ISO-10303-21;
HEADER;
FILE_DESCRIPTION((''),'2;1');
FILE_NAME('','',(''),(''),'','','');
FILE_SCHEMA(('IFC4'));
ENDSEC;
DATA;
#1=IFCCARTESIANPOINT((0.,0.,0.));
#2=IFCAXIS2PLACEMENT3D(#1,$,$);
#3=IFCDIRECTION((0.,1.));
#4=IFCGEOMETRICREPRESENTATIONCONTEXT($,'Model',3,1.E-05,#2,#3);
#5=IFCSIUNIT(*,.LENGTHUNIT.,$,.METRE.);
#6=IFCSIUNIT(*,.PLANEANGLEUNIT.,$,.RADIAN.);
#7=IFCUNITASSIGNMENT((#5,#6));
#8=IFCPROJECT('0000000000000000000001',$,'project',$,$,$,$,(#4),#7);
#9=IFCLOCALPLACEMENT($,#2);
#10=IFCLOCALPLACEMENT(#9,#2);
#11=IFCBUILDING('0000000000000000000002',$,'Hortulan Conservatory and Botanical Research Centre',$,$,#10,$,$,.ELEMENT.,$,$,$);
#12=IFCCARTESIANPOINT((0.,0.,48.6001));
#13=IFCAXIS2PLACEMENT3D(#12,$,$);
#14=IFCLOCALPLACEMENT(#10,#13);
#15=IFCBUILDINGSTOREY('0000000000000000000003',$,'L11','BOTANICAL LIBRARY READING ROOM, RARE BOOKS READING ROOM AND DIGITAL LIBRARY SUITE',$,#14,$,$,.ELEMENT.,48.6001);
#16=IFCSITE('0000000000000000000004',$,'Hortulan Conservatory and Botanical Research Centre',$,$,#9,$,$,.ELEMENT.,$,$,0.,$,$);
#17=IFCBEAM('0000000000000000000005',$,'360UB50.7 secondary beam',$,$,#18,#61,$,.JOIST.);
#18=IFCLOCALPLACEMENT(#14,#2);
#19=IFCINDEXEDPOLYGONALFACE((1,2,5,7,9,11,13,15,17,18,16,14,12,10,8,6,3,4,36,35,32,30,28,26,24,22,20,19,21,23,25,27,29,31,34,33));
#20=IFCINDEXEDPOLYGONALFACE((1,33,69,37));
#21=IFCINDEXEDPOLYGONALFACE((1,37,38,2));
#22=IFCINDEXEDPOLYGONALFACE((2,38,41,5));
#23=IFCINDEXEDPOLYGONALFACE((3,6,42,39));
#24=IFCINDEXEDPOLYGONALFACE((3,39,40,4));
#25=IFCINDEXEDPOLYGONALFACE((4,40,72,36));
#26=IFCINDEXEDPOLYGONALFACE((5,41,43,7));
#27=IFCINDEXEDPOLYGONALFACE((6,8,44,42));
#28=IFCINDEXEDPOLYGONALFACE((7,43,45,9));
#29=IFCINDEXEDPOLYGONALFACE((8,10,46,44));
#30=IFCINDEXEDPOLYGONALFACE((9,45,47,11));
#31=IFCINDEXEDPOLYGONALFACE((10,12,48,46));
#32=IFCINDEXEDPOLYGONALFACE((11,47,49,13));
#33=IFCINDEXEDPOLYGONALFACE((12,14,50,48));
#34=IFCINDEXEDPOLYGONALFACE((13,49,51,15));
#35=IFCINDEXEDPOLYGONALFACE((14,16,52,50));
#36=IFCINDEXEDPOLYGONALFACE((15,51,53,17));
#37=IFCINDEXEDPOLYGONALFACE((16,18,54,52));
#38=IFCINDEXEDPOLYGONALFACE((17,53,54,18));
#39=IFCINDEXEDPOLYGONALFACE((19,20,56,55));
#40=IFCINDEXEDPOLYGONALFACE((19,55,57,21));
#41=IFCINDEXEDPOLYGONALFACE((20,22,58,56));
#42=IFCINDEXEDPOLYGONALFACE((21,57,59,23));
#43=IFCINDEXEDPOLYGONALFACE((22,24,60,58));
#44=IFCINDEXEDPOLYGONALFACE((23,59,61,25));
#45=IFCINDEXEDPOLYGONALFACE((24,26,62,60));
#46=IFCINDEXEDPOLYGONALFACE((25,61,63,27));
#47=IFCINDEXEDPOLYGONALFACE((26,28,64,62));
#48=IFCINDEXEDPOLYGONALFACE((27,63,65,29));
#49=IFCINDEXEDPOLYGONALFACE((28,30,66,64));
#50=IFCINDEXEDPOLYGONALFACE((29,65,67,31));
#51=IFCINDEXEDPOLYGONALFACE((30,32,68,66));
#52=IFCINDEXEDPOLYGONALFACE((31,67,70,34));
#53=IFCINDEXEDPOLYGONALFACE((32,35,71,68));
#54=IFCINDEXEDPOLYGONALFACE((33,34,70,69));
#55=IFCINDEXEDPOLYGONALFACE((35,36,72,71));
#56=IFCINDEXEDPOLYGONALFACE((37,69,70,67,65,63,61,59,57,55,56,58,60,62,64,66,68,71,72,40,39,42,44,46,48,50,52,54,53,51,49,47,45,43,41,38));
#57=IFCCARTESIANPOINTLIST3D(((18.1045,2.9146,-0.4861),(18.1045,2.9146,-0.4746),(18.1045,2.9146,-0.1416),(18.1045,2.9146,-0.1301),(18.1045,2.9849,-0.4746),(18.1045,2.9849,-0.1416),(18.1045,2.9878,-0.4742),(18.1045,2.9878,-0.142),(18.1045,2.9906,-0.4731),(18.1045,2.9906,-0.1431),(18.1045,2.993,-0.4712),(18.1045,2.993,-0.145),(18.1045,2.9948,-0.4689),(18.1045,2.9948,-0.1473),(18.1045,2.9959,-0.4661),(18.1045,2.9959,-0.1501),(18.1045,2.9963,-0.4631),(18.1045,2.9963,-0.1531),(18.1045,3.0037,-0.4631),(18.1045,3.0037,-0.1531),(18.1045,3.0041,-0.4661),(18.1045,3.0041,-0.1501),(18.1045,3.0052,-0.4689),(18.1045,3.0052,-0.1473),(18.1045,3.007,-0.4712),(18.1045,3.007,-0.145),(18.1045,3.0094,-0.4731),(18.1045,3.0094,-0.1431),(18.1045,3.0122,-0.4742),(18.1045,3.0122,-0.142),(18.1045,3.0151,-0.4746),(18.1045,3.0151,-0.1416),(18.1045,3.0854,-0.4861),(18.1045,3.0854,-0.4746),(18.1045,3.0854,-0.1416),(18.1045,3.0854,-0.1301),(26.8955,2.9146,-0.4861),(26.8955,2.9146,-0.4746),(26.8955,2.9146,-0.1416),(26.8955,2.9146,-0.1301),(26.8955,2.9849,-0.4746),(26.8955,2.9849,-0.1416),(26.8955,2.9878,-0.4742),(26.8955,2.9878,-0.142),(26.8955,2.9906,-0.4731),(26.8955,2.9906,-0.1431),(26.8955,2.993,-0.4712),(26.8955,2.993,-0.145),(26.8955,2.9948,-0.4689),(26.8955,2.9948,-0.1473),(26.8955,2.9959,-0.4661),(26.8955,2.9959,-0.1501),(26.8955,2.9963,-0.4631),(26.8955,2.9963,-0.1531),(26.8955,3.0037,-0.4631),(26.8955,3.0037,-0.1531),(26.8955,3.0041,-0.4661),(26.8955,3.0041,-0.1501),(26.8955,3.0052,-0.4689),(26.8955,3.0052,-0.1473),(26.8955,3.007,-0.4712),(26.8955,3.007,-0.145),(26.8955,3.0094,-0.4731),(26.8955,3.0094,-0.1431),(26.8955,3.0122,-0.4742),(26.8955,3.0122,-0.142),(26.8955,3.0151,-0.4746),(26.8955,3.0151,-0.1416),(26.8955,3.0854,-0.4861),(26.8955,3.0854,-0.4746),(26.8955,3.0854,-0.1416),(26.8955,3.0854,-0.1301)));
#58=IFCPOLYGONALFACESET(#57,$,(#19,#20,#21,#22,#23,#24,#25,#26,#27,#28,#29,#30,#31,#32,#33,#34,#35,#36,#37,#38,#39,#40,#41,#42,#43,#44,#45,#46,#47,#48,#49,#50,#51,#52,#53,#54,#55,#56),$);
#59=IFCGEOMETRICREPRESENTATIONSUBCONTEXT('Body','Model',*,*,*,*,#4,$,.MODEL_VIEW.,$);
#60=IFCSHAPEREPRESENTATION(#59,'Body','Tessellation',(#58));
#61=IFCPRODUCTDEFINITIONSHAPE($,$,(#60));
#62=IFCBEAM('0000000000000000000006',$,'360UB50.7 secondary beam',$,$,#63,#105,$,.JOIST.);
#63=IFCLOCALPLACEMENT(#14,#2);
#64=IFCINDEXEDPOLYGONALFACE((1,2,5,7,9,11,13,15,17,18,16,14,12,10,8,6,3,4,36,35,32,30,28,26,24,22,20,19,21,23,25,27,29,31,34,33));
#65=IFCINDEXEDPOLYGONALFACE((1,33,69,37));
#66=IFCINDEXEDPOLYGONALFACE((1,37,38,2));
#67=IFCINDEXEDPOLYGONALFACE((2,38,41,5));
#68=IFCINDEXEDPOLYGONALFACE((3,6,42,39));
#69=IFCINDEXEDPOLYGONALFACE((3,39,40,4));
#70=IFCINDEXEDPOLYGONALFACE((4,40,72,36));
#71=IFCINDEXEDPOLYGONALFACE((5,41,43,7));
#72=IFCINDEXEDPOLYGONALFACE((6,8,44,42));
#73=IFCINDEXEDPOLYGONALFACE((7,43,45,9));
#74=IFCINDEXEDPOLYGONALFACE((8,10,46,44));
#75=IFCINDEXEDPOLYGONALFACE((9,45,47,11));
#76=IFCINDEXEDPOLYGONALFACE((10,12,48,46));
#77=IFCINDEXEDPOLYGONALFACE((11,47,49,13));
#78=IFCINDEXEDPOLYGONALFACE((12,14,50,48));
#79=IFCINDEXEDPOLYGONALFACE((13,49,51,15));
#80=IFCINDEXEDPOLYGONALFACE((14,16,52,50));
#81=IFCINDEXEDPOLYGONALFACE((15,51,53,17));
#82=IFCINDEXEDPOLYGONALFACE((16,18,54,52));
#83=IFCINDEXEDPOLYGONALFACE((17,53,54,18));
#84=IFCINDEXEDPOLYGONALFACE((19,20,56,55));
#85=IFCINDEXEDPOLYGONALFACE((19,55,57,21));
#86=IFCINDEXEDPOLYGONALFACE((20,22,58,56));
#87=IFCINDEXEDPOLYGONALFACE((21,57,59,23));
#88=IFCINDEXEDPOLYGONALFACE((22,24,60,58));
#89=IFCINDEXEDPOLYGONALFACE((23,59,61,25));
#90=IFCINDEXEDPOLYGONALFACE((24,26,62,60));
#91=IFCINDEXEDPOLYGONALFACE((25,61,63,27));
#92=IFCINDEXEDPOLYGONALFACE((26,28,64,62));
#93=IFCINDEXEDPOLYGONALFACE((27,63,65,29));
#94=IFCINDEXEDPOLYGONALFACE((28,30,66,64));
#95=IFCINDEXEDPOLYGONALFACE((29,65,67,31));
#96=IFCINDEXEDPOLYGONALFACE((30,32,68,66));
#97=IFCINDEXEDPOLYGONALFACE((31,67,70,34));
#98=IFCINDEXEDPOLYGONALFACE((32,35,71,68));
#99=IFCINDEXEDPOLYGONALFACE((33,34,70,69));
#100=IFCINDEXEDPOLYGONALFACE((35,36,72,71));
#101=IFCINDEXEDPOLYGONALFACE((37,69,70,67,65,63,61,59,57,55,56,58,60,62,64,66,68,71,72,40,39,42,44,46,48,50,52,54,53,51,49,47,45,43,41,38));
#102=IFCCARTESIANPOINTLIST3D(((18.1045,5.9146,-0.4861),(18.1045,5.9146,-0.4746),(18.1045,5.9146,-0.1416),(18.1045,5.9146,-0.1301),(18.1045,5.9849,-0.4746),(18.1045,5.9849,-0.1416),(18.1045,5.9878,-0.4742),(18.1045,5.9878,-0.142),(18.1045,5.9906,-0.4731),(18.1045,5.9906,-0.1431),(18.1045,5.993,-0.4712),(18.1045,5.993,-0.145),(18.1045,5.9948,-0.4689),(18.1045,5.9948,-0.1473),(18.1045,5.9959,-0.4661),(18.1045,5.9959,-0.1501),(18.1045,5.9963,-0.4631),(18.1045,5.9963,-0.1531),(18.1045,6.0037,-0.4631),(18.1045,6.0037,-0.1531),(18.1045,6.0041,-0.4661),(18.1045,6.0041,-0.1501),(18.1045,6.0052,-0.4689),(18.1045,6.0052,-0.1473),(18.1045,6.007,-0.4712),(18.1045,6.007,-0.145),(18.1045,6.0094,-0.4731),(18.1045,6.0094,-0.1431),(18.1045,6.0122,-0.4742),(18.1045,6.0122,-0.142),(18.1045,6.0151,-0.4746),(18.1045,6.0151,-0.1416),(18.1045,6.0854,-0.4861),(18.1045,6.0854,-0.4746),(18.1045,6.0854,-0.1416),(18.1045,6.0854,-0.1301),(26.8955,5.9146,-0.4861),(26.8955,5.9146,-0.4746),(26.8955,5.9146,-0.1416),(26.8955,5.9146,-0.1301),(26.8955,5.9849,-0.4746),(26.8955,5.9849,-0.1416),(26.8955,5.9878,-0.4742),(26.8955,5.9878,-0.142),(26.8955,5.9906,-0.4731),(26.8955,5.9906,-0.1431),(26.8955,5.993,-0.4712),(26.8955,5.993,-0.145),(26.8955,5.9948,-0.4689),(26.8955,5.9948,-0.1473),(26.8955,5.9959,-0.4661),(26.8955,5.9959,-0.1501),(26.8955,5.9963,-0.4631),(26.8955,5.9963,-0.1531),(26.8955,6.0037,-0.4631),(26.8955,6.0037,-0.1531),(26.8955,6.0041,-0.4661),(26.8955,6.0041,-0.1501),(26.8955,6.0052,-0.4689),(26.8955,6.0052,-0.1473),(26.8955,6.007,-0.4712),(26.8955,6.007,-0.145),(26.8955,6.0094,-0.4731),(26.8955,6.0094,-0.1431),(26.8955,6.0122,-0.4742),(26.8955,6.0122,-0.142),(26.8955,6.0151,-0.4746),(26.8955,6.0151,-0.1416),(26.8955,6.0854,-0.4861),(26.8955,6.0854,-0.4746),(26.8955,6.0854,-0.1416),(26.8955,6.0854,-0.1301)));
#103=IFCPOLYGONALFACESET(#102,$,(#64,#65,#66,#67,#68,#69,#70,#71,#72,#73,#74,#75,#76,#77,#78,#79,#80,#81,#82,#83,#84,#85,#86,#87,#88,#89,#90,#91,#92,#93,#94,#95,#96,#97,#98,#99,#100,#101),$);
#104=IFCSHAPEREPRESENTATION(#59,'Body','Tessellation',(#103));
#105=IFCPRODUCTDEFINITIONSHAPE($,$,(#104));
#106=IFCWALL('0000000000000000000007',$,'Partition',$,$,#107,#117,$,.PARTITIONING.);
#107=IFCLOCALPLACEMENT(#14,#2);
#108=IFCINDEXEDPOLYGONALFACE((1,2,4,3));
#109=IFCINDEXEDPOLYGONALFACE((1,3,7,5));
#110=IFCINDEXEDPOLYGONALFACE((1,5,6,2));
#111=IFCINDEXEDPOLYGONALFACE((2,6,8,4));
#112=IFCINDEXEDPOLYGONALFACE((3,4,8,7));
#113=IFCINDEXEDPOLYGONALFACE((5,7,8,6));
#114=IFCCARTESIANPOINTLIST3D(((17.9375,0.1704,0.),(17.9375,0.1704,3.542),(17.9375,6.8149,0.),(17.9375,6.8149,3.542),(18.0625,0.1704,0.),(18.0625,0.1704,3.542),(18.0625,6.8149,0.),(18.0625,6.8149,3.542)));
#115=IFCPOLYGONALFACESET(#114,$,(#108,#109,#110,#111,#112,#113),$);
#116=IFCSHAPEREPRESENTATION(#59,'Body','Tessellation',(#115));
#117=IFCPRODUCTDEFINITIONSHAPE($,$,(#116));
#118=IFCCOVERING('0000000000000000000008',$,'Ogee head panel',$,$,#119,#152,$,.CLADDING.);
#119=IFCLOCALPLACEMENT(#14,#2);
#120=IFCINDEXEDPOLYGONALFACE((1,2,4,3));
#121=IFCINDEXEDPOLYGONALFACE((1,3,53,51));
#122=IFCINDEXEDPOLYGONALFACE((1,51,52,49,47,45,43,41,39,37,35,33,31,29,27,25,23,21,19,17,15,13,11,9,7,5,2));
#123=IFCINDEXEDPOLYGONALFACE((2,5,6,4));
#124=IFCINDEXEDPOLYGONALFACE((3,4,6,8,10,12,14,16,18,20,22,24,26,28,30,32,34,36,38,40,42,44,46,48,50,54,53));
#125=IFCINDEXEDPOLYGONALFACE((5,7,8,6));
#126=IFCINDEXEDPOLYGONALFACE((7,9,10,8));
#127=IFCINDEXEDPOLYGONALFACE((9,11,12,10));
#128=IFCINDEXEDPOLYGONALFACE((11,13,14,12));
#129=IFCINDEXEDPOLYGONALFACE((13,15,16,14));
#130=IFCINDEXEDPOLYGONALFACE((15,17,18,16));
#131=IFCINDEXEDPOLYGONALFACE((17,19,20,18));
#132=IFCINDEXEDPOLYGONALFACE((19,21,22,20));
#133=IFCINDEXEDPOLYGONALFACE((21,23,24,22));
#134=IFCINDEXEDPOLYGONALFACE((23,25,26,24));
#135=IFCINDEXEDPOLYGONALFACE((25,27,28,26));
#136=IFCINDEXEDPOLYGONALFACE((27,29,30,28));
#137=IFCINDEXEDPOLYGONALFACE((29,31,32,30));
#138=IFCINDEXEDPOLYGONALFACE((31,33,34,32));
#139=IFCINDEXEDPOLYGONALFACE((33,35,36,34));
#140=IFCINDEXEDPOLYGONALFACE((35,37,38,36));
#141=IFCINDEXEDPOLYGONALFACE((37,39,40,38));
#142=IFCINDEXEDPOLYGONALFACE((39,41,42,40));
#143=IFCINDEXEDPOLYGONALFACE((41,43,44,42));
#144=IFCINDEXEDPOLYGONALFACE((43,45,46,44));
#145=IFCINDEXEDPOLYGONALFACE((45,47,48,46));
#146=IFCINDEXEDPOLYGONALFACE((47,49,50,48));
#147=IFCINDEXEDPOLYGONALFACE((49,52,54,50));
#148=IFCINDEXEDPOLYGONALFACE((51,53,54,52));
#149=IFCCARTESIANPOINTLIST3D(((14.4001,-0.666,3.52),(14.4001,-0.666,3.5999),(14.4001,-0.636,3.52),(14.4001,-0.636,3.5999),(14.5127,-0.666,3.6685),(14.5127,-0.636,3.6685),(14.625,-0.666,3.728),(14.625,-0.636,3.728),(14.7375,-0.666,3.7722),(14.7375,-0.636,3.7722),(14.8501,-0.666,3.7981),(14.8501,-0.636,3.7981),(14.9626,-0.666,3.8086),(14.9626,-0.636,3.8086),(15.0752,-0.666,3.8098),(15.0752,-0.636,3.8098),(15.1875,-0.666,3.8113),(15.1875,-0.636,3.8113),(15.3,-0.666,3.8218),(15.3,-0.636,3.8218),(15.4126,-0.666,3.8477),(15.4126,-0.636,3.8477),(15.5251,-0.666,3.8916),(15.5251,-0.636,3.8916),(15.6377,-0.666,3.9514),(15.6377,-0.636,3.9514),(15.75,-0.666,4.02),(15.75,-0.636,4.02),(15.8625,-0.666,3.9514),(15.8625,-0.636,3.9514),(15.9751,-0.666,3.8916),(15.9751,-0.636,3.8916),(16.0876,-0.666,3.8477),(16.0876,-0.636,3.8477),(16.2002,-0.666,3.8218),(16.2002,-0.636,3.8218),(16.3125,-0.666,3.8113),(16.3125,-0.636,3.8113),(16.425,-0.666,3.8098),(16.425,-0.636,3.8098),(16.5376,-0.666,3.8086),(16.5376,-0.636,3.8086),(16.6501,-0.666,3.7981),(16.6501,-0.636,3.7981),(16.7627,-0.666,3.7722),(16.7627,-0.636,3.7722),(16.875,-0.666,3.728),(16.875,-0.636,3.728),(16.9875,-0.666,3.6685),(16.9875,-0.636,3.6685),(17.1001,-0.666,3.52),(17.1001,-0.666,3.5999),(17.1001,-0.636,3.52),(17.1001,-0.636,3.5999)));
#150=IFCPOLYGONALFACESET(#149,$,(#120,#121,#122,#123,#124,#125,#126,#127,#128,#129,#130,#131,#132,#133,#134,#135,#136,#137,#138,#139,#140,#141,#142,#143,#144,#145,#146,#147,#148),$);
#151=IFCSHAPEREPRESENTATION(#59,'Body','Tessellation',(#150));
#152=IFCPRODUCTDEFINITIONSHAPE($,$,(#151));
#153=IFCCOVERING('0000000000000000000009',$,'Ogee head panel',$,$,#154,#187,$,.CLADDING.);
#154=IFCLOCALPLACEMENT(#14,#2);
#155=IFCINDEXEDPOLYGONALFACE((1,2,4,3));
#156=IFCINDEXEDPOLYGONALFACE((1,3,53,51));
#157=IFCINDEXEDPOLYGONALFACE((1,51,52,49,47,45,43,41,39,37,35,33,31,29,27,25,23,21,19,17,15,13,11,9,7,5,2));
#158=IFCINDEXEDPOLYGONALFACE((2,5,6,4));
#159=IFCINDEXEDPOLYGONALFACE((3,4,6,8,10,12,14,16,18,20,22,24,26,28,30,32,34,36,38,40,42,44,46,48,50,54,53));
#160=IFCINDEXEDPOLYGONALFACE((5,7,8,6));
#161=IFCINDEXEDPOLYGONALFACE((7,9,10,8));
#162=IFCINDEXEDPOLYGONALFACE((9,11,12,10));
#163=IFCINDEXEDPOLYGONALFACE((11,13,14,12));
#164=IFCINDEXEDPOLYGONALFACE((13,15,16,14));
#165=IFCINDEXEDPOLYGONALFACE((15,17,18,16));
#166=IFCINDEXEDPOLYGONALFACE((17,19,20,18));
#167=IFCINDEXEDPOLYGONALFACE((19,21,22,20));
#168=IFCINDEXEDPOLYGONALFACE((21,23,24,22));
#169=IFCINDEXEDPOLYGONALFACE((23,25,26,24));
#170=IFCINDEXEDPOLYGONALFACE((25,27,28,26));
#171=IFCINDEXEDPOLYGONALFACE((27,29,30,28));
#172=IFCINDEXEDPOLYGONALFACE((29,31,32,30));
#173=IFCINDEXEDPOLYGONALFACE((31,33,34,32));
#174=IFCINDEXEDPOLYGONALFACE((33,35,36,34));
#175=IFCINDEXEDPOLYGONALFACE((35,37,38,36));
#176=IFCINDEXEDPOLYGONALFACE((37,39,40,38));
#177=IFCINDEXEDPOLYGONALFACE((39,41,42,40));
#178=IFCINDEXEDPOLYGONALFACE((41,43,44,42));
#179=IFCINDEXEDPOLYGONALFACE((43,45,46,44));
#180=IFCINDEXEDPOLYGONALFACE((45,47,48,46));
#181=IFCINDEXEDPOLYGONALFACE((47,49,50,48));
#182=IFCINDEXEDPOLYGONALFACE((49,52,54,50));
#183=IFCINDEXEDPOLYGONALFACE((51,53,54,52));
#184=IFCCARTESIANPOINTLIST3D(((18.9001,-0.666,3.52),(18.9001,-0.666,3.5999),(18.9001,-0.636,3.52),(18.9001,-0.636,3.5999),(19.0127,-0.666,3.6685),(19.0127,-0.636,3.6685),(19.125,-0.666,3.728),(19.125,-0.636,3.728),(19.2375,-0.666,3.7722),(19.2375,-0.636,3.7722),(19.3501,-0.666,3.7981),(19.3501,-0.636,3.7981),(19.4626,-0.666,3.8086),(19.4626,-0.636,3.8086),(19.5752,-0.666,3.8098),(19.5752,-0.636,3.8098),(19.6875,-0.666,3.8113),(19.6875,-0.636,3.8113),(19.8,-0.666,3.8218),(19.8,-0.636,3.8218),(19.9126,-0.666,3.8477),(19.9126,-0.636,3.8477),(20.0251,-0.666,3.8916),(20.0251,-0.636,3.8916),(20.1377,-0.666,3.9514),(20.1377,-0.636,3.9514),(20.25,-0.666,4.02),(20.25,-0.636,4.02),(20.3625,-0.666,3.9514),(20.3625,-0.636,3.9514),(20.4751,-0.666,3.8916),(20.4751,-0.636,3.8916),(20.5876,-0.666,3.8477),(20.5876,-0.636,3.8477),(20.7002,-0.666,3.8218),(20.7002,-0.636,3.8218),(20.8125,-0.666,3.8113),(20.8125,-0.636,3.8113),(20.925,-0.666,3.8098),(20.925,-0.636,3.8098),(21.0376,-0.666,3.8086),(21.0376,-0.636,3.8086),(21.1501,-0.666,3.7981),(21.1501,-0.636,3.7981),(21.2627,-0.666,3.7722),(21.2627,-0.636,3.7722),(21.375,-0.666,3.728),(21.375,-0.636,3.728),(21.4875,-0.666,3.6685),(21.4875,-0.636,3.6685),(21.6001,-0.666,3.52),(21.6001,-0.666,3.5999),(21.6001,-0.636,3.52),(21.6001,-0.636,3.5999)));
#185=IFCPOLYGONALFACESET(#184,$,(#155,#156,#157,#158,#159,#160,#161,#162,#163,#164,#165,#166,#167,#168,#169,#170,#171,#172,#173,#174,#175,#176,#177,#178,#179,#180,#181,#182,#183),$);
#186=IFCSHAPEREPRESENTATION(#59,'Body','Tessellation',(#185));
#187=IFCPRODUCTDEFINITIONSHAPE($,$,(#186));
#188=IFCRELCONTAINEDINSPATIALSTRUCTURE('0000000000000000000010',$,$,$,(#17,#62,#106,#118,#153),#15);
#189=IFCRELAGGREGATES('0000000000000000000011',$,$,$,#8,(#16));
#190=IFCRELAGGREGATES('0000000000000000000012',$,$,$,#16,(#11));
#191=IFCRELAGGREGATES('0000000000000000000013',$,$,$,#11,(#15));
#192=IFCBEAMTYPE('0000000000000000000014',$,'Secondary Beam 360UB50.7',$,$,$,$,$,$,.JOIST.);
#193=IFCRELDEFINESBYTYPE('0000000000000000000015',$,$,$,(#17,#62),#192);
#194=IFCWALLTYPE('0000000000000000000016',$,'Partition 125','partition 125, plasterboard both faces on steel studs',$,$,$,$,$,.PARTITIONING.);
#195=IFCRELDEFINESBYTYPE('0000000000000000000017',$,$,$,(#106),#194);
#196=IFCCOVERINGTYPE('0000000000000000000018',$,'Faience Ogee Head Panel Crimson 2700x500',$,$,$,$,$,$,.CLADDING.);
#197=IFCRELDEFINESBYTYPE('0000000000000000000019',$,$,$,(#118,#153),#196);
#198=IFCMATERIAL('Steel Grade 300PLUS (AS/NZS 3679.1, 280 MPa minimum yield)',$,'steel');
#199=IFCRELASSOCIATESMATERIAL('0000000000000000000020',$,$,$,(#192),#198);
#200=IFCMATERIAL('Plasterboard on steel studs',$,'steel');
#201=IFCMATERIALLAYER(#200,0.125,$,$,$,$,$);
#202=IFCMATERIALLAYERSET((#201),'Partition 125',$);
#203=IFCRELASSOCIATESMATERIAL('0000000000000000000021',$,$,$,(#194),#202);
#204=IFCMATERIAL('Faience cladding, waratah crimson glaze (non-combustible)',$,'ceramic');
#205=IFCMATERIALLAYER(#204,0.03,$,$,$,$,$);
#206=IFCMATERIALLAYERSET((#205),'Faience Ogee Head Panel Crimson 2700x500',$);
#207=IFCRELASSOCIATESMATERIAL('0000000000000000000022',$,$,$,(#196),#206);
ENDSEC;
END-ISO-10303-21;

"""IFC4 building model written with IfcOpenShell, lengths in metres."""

from ifc_helpers import new_model, si_unit, direction, frame, frame_2d, origin, origin_2d, place, context, subcontext, project, spatial, polyline, rectangle, i_section, outline, extrude, material, layer, layer_set, material_profile, profile_set, type_object, element, save


model = new_model("IFC4")

# Units and contexts
model_context = context("Model", 3, precision=1e-05, world=origin(), true_north=direction((0.0, 1.0)))
body_context = subcontext(model_context, "Body", "Model", "MODEL_VIEW")
ifc_project = project(units=[si_unit("LENGTHUNIT", "METRE"), si_unit("PLANEANGLEUNIT", "RADIAN")], contexts=[model_context])

# Site, building, storey
site_placement = place(None, origin())
site = spatial("IfcSite", under=ifc_project, at=site_placement, Name="Hortulan Conservatory and Botanical Research Centre", CompositionType="ELEMENT", RefElevation=0.0)
building_placement = place(site_placement, origin())
building = spatial("IfcBuilding", under=site, at=building_placement, Name="Hortulan Conservatory and Botanical Research Centre", CompositionType="ELEMENT")
storey_placement = place(building_placement, frame((0.0, 0.0, 48.6001)))
storey = spatial("IfcBuildingStorey", under=building, at=storey_placement, Name="L11", Description="BOTANICAL LIBRARY READING ROOM, RARE BOOKS READING ROOM AND DIGITAL LIBRARY SUITE", CompositionType="ELEMENT", Elevation=48.6001)

# Shared definitions
ifc_material_1 = material(Name="Steel Grade 300PLUS (AS/NZS 3679.1, 280 MPa minimum yield)", Category="steel")

# Beams
ifc_material_profile_1 = material_profile(ifc_material_1, i_section(OverallWidth=0.1709, OverallDepth=0.356, WebThickness=0.0073, FlangeThickness=0.0115, FilletRadius=0.0115, at=origin_2d()), Name="360UB50.7")
ifc_profile_set_1 = profile_set([ifc_material_profile_1], Name="Steel Grade 300PLUS (AS/NZS 3679.1, 280 MPa minimum yield)")
beam_type_1 = type_object("IfcBeamType", Name="Secondary Beam 360UB50.7", PredefinedType="JOIST", material=ifc_profile_set_1)
for number, where, z_axis, x_axis, name in (
    (1, (18.1045, 3.0, -0.3081), (1.0, 0.0, 0.0), (0.0, 1.0, 0.0), "360UB50.7 secondary beam"),
    (2, (18.1045, 6.0, -0.3081), (1.0, 0.0, 0.0), (0.0, 1.0, 0.0), "360UB50.7 secondary beam"),
):
    element("IfcBeam", number, at=place(storey_placement, frame(where, z_axis=z_axis, x_axis=x_axis)), inside=storey, type_object=beam_type_1, Name=name, PredefinedType="JOIST", context=body_context, shape_type="SweptSolid", body=[
        extrude(i_section(OverallWidth=0.1709, OverallDepth=0.356, WebThickness=0.0073, FlangeThickness=0.0115, FilletRadius=0.0115, at=origin_2d()), origin(), (0.0, 0.0, 1.0), 8.791),
    ])

# Wall
ifc_material_2 = material(Name="Plasterboard on steel studs", Category="steel")
ifc_layer_1 = layer(ifc_material_2, 0.125)
ifc_layer_set_1 = layer_set([ifc_layer_1], Name="Partition 125")
wall_type = type_object("IfcWallType", Name="Partition 125", Description="partition 125, plasterboard both faces on steel studs", PredefinedType="PARTITIONING", material=ifc_layer_set_1)
wall_placement = place(storey_placement, frame((18.0, 0.1704, 0.0), z_axis=(0.0, 0.0, 1.0), x_axis=(0.0, 1.0, 0.0)))
element("IfcWall", 3, at=wall_placement, inside=storey, type_object=wall_type, Name="Partition", PredefinedType="PARTITIONING", context=body_context, shape_type="SweptSolid", body=[
    extrude(rectangle(XDim=6.6445, YDim=0.125, at=frame_2d((3.3223, 0.0))), origin(), (0.0, 0.0, 1.0), 3.542),
])

# Coverings
ifc_material_3 = material(Name="Faience cladding, waratah crimson glaze (non-combustible)", Category="ceramic")
ifc_layer_2 = layer(ifc_material_3, 0.03)
ifc_layer_set_2 = layer_set([ifc_layer_2], Name="Faience Ogee Head Panel Crimson 2700x500")
covering_type_1 = type_object("IfcCoveringType", Name="Faience Ogee Head Panel Crimson 2700x500", PredefinedType="CLADDING", material=ifc_layer_set_2)
for number, where, z_axis, x_axis, name in (
    (4, (17.1001, -0.6509, 3.52), (0.0, 0.0, 1.0), (-1.0, 0.0, 0.0), "Ogee head panel"),
    (5, (21.6001, -0.6509, 3.52), (0.0, 0.0, 1.0), (-1.0, 0.0, 0.0), "Ogee head panel"),
):
    element("IfcCovering", number, at=place(storey_placement, frame(where, z_axis=z_axis, x_axis=x_axis)), inside=storey, type_object=covering_type_1, Name=name, PredefinedType="CLADDING", context=body_context, shape_type="SweptSolid", body=[
        extrude(outline(polyline([(0.0, 0.0), (2.7, 0.0), (2.7, 0.0798), (2.5874, 0.1484), (2.4751, 0.208), (2.3625, 0.2522), (2.25, 0.2781), (2.1375, 0.2886), (2.0249, 0.2898), (1.9126, 0.2913), (1.8, 0.3018), (1.6875, 0.3276), (1.575, 0.3716), (1.4624, 0.4314), (1.3501, 0.5), (1.2375, 0.4314), (1.125, 0.3716), (1.0125, 0.3276), (0.8999, 0.3018), (0.7876, 0.2913), (0.675, 0.2898), (0.5625, 0.2886), (0.45, 0.2781), (0.3374, 0.2522), (0.2251, 0.208), (0.1125, 0.1484), (0.0, 0.0798), (0.0, 0.0)])), frame((0.0, 0.0151, 0.0), z_axis=(0.0, -1.0, 0.0), x_axis=(1.0, 0.0, 0.0)), (0.0, 0.0, 1.0), 0.03),
    ])

save(model, "model.ifc")
